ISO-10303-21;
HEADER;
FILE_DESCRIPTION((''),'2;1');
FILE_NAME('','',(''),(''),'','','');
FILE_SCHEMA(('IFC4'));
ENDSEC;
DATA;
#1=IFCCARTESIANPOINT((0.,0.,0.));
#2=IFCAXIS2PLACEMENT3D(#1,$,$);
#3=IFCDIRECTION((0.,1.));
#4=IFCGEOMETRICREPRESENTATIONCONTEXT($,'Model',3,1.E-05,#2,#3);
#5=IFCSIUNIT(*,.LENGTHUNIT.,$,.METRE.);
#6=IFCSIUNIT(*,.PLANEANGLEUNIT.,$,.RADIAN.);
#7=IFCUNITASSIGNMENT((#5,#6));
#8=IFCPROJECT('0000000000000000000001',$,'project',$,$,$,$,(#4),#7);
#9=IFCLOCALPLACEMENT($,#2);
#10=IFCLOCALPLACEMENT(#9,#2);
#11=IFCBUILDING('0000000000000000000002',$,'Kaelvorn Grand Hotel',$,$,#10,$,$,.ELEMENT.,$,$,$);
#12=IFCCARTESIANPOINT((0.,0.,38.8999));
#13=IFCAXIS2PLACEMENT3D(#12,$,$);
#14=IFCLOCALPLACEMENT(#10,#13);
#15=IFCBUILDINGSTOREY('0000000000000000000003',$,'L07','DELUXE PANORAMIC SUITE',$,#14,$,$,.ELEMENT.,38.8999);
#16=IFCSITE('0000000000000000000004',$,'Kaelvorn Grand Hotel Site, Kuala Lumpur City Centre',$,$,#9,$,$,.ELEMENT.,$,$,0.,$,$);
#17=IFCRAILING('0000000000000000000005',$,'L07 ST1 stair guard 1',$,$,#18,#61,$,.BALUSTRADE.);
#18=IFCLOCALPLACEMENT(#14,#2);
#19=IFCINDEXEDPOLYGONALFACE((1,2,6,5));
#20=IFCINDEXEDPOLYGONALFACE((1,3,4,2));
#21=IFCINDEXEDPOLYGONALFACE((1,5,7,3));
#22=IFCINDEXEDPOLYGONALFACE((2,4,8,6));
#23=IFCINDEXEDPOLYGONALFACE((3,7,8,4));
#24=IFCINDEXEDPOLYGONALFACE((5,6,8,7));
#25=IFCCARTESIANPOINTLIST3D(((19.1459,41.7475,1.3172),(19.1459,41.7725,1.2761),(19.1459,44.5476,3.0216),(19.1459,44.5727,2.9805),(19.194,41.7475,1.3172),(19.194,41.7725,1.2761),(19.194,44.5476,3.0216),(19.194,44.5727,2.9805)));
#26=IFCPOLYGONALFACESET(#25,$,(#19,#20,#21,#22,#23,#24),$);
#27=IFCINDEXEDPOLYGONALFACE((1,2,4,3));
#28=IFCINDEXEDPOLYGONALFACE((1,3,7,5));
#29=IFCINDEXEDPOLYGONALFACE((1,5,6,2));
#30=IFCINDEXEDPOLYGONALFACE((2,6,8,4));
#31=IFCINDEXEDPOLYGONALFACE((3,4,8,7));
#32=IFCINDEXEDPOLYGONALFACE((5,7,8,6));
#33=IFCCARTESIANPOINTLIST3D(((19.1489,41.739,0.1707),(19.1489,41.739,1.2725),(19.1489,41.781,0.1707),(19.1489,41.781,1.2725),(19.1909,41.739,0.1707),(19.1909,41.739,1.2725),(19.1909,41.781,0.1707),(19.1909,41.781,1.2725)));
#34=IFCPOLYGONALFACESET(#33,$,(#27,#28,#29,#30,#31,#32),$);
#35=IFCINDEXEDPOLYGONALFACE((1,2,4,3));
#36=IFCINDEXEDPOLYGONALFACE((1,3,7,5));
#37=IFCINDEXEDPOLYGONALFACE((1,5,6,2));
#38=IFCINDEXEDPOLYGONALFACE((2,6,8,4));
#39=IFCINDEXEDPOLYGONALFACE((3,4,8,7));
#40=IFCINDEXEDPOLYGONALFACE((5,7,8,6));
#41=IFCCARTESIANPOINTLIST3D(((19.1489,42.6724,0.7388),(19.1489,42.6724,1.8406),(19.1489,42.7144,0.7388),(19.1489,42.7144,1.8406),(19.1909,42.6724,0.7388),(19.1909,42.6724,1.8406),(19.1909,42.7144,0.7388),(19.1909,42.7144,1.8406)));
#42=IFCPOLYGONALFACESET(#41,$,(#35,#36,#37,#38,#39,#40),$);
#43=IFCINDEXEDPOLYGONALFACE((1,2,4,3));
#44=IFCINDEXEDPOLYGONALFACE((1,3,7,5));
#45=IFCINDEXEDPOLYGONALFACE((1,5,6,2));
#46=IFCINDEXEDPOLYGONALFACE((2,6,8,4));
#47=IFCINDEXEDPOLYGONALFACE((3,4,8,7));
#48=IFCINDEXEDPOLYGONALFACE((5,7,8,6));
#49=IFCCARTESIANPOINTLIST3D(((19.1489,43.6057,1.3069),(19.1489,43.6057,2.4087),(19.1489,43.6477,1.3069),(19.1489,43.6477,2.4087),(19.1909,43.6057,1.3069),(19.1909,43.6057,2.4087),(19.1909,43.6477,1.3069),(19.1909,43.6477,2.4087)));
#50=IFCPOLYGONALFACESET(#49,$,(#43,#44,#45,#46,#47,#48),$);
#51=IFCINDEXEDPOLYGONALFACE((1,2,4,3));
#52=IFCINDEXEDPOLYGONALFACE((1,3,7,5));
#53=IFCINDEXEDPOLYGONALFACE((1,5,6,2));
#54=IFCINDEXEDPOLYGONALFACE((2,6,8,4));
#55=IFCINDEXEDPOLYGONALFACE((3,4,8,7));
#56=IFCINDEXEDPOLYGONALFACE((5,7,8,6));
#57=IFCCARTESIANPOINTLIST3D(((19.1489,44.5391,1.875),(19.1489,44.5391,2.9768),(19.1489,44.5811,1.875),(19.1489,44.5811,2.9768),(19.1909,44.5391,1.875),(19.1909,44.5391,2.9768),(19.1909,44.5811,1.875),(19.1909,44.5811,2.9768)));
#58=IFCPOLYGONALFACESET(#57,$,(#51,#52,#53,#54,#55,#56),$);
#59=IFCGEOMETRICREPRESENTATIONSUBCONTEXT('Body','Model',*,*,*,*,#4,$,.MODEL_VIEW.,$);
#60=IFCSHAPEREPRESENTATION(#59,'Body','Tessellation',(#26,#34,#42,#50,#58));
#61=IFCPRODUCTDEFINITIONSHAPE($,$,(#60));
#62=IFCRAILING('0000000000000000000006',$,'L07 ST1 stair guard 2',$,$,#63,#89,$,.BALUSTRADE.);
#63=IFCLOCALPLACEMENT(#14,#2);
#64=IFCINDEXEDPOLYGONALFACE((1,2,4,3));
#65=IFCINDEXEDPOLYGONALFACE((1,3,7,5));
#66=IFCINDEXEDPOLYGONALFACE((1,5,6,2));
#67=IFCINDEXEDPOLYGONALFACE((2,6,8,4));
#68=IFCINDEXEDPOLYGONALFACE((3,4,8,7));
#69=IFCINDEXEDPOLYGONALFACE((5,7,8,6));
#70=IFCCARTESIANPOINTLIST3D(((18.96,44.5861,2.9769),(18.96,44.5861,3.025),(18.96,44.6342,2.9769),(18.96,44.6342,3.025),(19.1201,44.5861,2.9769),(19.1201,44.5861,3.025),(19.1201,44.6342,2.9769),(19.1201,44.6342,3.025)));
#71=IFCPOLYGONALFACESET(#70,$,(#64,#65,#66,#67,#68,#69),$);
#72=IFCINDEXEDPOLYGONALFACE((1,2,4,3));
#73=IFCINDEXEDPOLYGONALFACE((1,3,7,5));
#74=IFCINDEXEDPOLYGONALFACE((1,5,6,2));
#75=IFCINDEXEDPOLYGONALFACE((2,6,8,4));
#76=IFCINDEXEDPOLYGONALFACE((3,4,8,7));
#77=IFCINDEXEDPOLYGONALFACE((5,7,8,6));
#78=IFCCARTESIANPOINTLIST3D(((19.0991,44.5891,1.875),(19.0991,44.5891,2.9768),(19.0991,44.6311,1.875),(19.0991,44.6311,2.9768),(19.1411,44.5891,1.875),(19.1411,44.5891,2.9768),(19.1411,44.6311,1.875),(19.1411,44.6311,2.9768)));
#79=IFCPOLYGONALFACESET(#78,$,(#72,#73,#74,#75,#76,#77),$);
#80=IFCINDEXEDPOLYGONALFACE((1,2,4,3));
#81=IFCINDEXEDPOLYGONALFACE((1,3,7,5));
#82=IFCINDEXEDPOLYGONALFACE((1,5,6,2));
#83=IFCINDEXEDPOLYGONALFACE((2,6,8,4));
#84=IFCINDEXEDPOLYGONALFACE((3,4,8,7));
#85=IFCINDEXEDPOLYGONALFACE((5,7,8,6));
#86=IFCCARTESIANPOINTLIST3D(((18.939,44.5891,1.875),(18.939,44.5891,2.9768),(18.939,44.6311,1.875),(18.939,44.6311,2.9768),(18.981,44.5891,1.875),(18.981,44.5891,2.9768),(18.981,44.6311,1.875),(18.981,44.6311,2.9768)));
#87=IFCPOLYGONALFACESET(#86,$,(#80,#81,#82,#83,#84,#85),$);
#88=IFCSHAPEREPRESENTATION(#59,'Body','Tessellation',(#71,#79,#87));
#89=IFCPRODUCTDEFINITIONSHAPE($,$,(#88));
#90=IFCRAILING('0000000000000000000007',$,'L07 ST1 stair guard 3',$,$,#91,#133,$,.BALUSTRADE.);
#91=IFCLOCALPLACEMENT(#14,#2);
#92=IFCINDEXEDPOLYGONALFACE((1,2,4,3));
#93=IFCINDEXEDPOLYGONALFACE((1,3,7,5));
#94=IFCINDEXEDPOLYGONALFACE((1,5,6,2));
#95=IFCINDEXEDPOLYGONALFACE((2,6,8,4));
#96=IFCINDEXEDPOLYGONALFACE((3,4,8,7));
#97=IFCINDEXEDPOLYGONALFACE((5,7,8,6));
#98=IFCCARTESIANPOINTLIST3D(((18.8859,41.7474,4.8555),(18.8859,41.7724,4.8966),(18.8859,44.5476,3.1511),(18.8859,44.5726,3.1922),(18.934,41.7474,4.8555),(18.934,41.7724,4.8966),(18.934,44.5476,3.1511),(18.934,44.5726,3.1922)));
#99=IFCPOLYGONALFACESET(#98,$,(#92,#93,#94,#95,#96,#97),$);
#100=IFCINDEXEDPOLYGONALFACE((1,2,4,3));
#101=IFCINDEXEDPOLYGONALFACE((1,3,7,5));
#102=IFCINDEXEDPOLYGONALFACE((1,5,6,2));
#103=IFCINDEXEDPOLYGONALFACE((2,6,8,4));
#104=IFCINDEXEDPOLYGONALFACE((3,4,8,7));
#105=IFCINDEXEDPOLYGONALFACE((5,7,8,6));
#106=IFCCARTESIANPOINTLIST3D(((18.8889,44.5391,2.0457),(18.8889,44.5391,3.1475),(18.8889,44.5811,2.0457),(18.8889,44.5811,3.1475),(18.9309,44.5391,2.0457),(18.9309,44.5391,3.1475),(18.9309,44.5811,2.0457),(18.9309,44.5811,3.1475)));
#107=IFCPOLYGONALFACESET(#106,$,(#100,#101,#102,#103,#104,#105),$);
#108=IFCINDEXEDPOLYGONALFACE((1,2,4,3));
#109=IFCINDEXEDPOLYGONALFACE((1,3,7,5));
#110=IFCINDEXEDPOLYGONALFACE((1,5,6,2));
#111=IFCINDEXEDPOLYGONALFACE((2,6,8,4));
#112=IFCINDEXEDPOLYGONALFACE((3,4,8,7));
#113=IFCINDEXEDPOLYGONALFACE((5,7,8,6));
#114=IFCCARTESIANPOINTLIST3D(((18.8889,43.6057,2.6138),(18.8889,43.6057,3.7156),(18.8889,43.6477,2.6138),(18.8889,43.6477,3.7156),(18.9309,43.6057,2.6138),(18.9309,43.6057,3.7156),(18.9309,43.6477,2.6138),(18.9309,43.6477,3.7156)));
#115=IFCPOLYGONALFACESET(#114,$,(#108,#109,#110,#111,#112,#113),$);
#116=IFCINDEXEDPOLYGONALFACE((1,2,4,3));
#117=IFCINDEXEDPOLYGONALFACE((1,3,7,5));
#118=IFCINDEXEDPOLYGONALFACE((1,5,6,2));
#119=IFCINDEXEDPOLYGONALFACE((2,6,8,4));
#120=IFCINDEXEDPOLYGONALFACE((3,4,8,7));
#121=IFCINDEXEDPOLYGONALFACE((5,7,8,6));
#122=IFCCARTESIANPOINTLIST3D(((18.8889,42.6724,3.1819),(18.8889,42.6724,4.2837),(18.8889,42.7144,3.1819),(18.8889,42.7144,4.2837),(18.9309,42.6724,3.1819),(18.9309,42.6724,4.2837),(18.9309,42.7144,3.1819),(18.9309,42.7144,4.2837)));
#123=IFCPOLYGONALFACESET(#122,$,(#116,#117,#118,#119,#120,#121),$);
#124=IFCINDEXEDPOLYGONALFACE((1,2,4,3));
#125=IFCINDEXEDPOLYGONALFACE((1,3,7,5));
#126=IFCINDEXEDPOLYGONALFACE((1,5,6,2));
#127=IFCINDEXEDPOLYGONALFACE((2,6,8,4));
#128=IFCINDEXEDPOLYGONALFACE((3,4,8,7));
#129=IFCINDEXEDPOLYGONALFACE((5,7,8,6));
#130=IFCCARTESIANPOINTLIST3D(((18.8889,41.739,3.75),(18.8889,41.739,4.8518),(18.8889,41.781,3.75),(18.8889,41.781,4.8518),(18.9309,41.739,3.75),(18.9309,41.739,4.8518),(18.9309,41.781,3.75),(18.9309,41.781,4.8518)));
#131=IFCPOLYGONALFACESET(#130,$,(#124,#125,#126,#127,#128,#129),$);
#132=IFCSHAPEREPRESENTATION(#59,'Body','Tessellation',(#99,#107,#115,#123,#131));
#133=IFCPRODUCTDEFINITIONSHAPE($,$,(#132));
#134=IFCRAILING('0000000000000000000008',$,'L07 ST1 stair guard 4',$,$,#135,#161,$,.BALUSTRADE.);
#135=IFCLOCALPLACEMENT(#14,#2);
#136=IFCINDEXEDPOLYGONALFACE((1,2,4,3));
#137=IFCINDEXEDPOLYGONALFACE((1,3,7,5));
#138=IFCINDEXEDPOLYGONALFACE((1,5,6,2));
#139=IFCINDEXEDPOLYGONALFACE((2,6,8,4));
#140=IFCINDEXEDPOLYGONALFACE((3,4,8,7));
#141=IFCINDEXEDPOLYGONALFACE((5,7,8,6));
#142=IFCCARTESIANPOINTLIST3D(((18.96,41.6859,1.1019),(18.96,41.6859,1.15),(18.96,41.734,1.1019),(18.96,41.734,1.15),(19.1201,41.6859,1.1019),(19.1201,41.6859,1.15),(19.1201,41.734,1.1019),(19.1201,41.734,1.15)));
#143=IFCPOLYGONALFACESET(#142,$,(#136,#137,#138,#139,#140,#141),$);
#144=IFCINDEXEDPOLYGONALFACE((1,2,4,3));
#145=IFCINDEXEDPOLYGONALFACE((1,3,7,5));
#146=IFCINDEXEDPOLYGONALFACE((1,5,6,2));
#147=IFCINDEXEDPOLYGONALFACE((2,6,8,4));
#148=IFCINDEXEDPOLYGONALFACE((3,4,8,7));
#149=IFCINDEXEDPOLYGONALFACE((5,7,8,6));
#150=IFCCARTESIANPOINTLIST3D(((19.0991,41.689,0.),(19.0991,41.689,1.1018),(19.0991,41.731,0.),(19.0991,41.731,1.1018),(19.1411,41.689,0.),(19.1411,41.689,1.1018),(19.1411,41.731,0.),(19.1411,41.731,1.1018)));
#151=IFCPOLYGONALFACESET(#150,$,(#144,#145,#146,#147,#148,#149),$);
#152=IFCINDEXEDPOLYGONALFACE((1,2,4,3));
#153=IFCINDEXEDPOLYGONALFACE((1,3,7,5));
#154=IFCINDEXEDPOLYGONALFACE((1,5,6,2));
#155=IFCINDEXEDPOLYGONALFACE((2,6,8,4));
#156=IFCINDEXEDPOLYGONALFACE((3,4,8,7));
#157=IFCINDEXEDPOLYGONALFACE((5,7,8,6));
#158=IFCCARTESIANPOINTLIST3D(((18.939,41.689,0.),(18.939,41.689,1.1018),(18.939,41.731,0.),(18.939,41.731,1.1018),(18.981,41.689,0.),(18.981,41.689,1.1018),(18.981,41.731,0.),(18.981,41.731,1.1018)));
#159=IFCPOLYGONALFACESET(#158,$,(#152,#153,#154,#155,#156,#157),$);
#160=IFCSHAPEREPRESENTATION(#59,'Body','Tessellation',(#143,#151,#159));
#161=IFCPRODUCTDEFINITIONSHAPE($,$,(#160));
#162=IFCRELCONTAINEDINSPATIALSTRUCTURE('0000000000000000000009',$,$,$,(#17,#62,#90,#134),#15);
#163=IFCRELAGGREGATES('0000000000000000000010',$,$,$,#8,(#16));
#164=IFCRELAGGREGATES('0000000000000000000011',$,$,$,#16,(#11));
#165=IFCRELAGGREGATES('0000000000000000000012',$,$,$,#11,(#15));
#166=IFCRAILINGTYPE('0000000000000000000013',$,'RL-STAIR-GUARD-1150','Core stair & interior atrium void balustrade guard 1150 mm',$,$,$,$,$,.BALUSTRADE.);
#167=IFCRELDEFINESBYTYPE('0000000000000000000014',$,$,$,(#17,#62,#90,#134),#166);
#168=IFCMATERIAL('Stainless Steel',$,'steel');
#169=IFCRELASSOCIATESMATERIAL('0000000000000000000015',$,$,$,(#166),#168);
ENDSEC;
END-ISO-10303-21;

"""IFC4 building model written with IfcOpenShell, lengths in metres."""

from ifc_helpers import new_model, si_unit, direction, frame, origin, origin_2d, place, context, subcontext, project, spatial, rectangle, extrude, material, type_object, element, save


model = new_model("IFC4")

# Units and contexts
model_context = context("Model", 3, precision=1e-05, world=origin(), true_north=direction((0.0, 1.0)))
body_context = subcontext(model_context, "Body", "Model", "MODEL_VIEW")
ifc_project = project(units=[si_unit("LENGTHUNIT", "METRE"), si_unit("PLANEANGLEUNIT", "RADIAN")], contexts=[model_context])

# Site, building, storey
site_placement = place(None, origin())
site = spatial("IfcSite", under=ifc_project, at=site_placement, Name="Kaelvorn Grand Hotel Site, Kuala Lumpur City Centre", CompositionType="ELEMENT", RefElevation=0.0)
building_placement = place(site_placement, origin())
building = spatial("IfcBuilding", under=site, at=building_placement, Name="Kaelvorn Grand Hotel", CompositionType="ELEMENT")
storey_placement = place(building_placement, frame((0.0, 0.0, 38.8999)))
storey = spatial("IfcBuildingStorey", under=building, at=storey_placement, Name="L07", Description="DELUXE PANORAMIC SUITE", CompositionType="ELEMENT", Elevation=38.8999)

# Railings
ifc_material_1 = material(Name="Stainless Steel", Category="steel")
railing_type_1 = type_object("IfcRailingType", Name="RL-STAIR-GUARD-1150", Description="Core stair & interior atrium void balustrade guard 1150 mm", PredefinedType="BALUSTRADE", material=ifc_material_1)
railing_1_placement = place(storey_placement, frame((19.1699, 41.76, 0.1707)))
element("IfcRailing", 1, at=railing_1_placement, inside=storey, type_object=railing_type_1, Name="L07 ST1 stair guard 1", PredefinedType="BALUSTRADE", context=body_context, shape_type="SweptSolid", body=[
    extrude(rectangle(XDim=0.0481, YDim=0.0481, at=origin_2d()), frame((0.0, 0.0, 1.126), z_axis=(0.0, 0.854203, 0.51994), x_axis=(-1.0, 0.0, 0.0)), (0.0, 0.0, 1.0), 3.2781),
    extrude(rectangle(XDim=0.042, YDim=0.042, at=origin_2d()), origin(), (0.0, 0.0, 1.0), 1.1018),
    extrude(rectangle(XDim=0.042, YDim=0.042, at=origin_2d()), frame((0.0, 0.9333, 0.5681)), (0.0, 0.0, 1.0), 1.1018),
    extrude(rectangle(XDim=0.042, YDim=0.042, at=origin_2d()), frame((0.0, 1.8667, 1.1362)), (0.0, 0.0, 1.0), 1.1018),
    extrude(rectangle(XDim=0.042, YDim=0.042, at=origin_2d()), frame((0.0, 2.8, 1.7043)), (0.0, 0.0, 1.0), 1.1018),
])
railing_2_placement = place(storey_placement, frame((19.1201, 44.6101, 1.875)))
element("IfcRailing", 2, at=railing_2_placement, inside=storey, type_object=railing_type_1, Name="L07 ST1 stair guard 2", PredefinedType="BALUSTRADE", context=body_context, shape_type="SweptSolid", body=[
    extrude(rectangle(XDim=0.0481, YDim=0.0481, at=origin_2d()), frame((0.0, 0.0, 1.126), z_axis=(-1.0, 0.0, 0.0), x_axis=(0.0, -1.0, 0.0)), (0.0, 0.0, 1.0), 0.1602),
    extrude(rectangle(XDim=0.042, YDim=0.042, at=origin_2d()), origin(), (0.0, 0.0, 1.0), 1.1018),
    extrude(rectangle(XDim=0.042, YDim=0.042, at=origin_2d()), frame((-0.1602, 0.0, 0.0)), (0.0, 0.0, 1.0), 1.1018),
])
railing_3_placement = place(storey_placement, frame((18.9099, 44.5601, 2.0457)))
element("IfcRailing", 3, at=railing_3_placement, inside=storey, type_object=railing_type_1, Name="L07 ST1 stair guard 3", PredefinedType="BALUSTRADE", context=body_context, shape_type="SweptSolid", body=[
    extrude(rectangle(XDim=0.0481, YDim=0.0481, at=origin_2d()), frame((0.0, 0.0, 1.126), z_axis=(0.0, -0.854203, 0.51994), x_axis=(1.0, 0.0, 0.0)), (0.0, 0.0, 1.0), 3.2781),
    extrude(rectangle(XDim=0.042, YDim=0.042, at=origin_2d()), origin(), (0.0, 0.0, 1.0), 1.1018),
    extrude(rectangle(XDim=0.042, YDim=0.042, at=origin_2d()), frame((0.0, -0.9333, 0.5681)), (0.0, 0.0, 1.0), 1.1018),
    extrude(rectangle(XDim=0.042, YDim=0.042, at=origin_2d()), frame((0.0, -1.8667, 1.1362)), (0.0, 0.0, 1.0), 1.1018),
    extrude(rectangle(XDim=0.042, YDim=0.042, at=origin_2d()), frame((0.0, -2.8, 1.7043)), (0.0, 0.0, 1.0), 1.1018),
])
railing_4_placement = place(storey_placement, frame((19.1201, 41.71, 0.0)))
element("IfcRailing", 4, at=railing_4_placement, inside=storey, type_object=railing_type_1, Name="L07 ST1 stair guard 4", PredefinedType="BALUSTRADE", context=body_context, shape_type="SweptSolid", body=[
    extrude(rectangle(XDim=0.0481, YDim=0.0481, at=origin_2d()), frame((0.0, 0.0, 1.126), z_axis=(-1.0, 0.0, 0.0), x_axis=(0.0, -1.0, 0.0)), (0.0, 0.0, 1.0), 0.1602),
    extrude(rectangle(XDim=0.042, YDim=0.042, at=origin_2d()), origin(), (0.0, 0.0, 1.0), 1.1018),
    extrude(rectangle(XDim=0.042, YDim=0.042, at=origin_2d()), frame((-0.1602, 0.0, 0.0)), (0.0, 0.0, 1.0), 1.1018),
])

save(model, "model.ifc")
